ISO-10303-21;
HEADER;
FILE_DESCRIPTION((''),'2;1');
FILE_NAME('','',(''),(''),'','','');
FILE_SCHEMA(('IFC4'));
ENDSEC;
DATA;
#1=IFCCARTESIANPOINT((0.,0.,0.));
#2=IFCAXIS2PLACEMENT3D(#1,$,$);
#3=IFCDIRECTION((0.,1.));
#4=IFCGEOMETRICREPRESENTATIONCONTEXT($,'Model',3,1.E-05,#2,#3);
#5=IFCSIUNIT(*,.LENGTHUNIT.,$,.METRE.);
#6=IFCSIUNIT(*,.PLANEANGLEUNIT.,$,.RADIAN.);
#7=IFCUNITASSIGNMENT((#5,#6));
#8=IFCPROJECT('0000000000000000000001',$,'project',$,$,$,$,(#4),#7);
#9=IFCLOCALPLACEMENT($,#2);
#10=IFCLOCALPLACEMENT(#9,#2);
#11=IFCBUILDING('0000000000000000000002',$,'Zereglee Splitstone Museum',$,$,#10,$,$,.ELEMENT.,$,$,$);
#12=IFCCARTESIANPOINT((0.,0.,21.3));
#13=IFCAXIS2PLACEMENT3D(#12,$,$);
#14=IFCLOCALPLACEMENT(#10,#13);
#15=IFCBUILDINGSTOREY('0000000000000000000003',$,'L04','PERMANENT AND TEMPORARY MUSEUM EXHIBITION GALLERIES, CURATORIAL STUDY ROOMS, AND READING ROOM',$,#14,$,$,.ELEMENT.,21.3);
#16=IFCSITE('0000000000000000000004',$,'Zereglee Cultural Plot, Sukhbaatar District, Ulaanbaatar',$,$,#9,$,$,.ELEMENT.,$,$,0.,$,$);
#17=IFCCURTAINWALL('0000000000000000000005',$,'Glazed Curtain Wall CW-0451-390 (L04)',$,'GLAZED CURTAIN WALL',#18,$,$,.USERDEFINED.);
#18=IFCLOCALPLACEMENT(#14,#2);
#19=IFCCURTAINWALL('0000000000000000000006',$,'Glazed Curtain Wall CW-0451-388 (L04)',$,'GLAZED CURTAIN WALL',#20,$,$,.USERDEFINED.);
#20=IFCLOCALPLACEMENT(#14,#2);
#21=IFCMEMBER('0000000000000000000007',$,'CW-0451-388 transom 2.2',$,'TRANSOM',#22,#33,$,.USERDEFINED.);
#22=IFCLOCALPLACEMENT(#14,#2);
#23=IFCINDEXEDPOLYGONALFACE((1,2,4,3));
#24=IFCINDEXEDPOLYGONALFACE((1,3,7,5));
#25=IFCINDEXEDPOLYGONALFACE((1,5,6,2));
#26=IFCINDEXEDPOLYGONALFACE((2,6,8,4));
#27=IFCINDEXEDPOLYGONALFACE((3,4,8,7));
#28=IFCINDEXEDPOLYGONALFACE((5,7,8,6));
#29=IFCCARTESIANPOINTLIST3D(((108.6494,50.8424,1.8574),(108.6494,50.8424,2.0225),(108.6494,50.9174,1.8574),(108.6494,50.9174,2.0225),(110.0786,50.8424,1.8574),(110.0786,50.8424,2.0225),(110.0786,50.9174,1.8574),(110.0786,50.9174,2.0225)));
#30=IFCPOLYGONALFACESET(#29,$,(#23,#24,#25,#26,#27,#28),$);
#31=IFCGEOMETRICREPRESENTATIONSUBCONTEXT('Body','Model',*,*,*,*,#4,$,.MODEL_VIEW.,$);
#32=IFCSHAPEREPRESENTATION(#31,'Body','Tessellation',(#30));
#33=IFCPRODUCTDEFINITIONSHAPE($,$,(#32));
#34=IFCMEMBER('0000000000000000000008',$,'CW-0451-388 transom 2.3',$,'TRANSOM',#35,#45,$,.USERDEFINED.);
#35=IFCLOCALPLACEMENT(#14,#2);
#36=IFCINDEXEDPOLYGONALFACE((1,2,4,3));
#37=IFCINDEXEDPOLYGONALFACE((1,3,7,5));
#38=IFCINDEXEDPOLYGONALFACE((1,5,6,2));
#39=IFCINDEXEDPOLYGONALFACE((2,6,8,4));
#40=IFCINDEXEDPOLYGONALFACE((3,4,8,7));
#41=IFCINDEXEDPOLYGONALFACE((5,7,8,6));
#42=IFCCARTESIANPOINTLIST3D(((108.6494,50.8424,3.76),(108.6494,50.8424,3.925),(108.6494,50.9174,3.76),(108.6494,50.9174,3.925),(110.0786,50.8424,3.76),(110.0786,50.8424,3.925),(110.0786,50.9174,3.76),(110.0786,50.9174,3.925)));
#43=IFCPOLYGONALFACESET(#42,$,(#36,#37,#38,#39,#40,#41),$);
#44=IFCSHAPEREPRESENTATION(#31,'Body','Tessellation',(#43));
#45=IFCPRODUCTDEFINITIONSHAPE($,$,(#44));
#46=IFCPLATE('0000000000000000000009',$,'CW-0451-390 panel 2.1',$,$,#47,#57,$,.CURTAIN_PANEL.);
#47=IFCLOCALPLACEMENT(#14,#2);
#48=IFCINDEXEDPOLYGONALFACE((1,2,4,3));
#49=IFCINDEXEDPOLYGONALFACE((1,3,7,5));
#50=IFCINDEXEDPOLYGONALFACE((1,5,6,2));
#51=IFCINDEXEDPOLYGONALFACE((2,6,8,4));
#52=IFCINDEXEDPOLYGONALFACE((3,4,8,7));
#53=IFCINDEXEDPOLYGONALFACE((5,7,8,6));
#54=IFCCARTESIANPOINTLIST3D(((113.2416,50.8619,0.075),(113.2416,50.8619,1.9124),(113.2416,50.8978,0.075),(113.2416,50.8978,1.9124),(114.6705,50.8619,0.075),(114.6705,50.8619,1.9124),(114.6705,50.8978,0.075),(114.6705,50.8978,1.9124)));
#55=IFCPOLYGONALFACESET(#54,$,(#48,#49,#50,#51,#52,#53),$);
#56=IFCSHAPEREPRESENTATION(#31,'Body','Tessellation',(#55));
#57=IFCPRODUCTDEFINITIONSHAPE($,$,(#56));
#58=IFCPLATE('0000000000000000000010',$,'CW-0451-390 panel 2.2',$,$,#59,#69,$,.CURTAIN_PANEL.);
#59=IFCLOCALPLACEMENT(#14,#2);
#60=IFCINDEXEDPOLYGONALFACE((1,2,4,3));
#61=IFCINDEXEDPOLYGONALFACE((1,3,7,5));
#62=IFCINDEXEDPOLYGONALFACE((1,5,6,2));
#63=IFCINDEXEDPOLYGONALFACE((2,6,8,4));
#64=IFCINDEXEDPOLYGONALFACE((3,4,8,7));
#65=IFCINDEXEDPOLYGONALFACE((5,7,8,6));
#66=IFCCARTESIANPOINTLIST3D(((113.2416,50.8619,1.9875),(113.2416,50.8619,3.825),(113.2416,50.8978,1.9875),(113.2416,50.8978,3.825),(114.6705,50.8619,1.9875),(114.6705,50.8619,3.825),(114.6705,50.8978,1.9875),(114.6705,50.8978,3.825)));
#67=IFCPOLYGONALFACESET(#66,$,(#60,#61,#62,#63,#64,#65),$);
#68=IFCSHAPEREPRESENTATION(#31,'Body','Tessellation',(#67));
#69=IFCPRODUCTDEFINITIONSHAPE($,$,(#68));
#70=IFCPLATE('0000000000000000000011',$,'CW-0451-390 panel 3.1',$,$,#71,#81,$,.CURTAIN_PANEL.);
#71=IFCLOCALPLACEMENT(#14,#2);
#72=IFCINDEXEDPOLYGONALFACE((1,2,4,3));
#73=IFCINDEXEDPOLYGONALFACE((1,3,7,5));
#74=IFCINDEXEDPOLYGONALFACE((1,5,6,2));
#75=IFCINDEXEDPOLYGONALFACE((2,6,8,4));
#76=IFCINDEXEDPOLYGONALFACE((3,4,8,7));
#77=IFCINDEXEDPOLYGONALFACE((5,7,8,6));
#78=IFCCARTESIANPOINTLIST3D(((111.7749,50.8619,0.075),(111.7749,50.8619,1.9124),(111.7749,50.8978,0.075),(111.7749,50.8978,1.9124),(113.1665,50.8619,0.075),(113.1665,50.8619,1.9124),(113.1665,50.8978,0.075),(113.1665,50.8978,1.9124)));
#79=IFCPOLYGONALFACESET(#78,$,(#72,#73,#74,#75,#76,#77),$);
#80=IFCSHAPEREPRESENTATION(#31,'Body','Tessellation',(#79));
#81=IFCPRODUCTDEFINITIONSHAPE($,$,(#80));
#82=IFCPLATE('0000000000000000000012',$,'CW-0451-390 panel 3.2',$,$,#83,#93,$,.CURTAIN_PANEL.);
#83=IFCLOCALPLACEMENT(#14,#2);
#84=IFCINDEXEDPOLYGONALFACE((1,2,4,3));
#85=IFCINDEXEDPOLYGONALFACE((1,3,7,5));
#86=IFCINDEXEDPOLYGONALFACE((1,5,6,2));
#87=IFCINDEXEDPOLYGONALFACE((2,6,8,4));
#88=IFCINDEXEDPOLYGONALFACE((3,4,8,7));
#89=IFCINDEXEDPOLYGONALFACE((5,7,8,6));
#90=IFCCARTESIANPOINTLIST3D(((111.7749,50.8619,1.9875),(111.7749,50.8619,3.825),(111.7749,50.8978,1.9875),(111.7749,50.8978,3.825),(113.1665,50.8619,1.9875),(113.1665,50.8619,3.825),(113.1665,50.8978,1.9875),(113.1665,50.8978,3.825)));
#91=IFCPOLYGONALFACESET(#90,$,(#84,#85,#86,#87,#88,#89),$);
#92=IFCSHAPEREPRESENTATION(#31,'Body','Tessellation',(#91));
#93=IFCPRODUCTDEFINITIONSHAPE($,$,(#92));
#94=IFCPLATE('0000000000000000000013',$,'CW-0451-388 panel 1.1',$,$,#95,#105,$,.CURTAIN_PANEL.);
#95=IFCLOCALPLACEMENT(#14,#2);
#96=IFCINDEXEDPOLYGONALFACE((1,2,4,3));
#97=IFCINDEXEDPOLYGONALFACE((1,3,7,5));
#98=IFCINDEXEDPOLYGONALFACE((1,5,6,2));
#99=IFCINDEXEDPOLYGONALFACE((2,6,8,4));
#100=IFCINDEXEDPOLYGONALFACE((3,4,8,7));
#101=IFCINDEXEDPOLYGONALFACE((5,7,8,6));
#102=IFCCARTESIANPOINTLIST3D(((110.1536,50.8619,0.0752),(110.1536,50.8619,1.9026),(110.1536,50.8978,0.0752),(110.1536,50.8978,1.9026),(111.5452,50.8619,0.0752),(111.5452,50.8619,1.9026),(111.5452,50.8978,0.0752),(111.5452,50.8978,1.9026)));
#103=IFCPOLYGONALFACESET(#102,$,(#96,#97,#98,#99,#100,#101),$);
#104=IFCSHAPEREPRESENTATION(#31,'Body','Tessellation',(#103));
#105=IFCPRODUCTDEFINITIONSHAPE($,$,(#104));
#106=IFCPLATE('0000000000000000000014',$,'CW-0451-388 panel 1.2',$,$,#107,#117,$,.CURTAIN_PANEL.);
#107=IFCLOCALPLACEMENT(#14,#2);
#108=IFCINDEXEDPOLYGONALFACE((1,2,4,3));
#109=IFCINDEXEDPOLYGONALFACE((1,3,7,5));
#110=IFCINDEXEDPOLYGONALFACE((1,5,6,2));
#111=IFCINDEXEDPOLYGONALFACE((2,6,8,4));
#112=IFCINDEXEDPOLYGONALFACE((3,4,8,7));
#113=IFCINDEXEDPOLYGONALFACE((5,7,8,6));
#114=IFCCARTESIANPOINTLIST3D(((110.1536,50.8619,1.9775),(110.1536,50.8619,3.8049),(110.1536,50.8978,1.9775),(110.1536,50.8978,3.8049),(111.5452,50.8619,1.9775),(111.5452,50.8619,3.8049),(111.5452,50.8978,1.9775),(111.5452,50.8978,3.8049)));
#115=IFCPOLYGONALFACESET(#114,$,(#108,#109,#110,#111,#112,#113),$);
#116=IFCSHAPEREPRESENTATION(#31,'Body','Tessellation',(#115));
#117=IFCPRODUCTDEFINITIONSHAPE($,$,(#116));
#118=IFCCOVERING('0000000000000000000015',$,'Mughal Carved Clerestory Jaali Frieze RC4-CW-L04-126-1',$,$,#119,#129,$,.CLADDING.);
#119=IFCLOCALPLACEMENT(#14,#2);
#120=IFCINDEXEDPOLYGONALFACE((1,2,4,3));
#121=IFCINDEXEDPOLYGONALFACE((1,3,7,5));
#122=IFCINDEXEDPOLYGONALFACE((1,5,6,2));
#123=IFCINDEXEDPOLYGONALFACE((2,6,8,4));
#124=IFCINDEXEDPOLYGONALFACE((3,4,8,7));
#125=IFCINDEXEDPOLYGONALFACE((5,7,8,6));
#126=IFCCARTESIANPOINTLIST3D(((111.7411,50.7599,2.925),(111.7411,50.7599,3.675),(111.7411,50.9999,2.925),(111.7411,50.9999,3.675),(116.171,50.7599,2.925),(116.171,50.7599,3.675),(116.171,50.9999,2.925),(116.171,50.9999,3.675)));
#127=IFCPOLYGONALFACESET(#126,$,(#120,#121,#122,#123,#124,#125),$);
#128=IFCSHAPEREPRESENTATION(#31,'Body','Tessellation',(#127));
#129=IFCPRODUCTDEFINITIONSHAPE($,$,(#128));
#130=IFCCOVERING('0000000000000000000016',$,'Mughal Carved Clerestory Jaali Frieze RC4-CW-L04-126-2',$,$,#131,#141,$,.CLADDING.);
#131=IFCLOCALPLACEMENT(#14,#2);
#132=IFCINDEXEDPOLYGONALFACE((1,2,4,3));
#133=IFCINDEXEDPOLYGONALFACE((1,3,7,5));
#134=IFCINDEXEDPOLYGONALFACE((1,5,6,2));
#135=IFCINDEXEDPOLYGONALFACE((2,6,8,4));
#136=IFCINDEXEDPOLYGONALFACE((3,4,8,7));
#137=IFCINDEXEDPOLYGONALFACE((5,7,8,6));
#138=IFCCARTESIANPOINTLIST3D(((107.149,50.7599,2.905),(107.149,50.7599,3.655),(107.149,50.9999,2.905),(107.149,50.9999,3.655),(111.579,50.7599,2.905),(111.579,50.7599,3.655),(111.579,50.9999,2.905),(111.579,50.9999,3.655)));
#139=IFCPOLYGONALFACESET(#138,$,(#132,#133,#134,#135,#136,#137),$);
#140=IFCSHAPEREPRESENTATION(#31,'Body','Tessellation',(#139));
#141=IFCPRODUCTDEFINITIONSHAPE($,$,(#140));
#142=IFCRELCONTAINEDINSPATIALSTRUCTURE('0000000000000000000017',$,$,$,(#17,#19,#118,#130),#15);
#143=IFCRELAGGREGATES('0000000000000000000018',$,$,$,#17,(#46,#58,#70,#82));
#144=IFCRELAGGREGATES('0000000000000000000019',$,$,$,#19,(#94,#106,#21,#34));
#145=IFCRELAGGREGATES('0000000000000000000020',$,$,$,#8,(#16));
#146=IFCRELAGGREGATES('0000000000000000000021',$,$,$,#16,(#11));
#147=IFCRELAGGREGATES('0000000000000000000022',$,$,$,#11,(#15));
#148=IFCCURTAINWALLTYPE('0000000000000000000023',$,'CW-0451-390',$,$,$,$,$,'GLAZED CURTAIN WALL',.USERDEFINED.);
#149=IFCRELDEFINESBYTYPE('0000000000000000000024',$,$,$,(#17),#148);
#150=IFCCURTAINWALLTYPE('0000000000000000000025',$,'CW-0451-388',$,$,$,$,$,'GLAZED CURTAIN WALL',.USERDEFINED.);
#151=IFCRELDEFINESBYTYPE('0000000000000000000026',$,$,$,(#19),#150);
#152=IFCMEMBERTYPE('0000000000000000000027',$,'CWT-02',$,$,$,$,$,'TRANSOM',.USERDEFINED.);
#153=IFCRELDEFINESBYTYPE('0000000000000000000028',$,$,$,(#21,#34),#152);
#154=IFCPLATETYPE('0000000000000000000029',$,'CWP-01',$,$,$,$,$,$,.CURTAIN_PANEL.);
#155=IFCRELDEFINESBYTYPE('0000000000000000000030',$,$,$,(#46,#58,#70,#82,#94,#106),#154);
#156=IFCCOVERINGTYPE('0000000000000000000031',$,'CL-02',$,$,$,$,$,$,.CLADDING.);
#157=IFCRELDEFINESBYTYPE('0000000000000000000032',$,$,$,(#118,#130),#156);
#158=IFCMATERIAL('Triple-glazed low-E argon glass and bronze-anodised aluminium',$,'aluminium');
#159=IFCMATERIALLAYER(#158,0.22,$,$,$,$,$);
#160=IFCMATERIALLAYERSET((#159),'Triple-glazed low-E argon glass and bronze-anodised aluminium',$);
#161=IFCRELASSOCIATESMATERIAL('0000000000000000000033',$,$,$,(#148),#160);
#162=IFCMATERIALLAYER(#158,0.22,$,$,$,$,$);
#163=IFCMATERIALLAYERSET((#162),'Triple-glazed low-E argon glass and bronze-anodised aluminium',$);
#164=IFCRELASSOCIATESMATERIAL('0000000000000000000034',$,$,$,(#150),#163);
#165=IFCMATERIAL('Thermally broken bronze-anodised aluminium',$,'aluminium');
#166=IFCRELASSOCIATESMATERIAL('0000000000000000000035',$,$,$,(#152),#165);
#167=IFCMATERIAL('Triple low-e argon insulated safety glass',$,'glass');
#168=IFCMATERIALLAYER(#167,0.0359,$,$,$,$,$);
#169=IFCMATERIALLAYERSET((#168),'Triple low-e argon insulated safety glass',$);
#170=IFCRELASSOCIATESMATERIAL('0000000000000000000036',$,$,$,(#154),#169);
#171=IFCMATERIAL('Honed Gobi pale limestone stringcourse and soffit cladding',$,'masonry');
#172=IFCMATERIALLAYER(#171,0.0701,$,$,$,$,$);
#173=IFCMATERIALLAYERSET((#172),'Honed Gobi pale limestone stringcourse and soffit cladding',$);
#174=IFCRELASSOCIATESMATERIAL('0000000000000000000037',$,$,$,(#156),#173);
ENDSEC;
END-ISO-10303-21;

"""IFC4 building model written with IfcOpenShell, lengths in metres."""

from ifc_helpers import new_model, si_unit, direction, frame, origin, origin_2d, place, context, subcontext, project, spatial, rectangle, extrude, material, layer, layer_set, material_profile, profile_set, type_object, element, aggregate, save


model = new_model("IFC4")

# Units and contexts
model_context = context("Model", 3, precision=1e-05, world=origin(), true_north=direction((0.0, 1.0)))
body_context = subcontext(model_context, "Body", "Model", "MODEL_VIEW")
ifc_project = project(units=[si_unit("LENGTHUNIT", "METRE"), si_unit("PLANEANGLEUNIT", "RADIAN")], contexts=[model_context])

# Site, building, storey
site_placement = place(None, origin())
site = spatial("IfcSite", under=ifc_project, at=site_placement, Name="Zereglee Cultural Plot, Sukhbaatar District, Ulaanbaatar", CompositionType="ELEMENT", RefElevation=0.0)
building_placement = place(site_placement, origin())
building = spatial("IfcBuilding", under=site, at=building_placement, Name="Zereglee Splitstone Museum", CompositionType="ELEMENT")
storey_placement = place(building_placement, frame((0.0, 0.0, 21.3)))
storey = spatial("IfcBuildingStorey", under=building, at=storey_placement, Name="L04", Description="PERMANENT AND TEMPORARY MUSEUM EXHIBITION GALLERIES, CURATORIAL STUDY ROOMS, AND READING ROOM", CompositionType="ELEMENT", Elevation=21.3)

# Curtain walls
ifc_material_1 = material(Name="Triple-glazed low-E argon glass and bronze-anodised aluminium", Category="aluminium")
ifc_layer_1 = layer(ifc_material_1, 0.22)
ifc_layer_set_1 = layer_set([ifc_layer_1], Name="Triple-glazed low-E argon glass and bronze-anodised aluminium")
curtain_wall_type_1 = type_object("IfcCurtainWallType", Name="CW-0451-390", ElementType="GLAZED CURTAIN WALL", PredefinedType="USERDEFINED", material=ifc_layer_set_1)
curtain_wall_1_placement = place(storey_placement, origin())
curtain_wall_1 = element("IfcCurtainWall", 1, at=curtain_wall_1_placement, inside=storey, type_object=curtain_wall_type_1, Name="Glazed Curtain Wall CW-0451-390 (L04)", ObjectType="GLAZED CURTAIN WALL", PredefinedType="USERDEFINED")
ifc_material_2 = material(Name="Thermally broken bronze-anodised aluminium", Category="aluminium")
ifc_layer_2 = layer(ifc_material_1, 0.22)
ifc_layer_set_2 = layer_set([ifc_layer_2], Name="Triple-glazed low-E argon glass and bronze-anodised aluminium")
curtain_wall_type_2 = type_object("IfcCurtainWallType", Name="CW-0451-388", ElementType="GLAZED CURTAIN WALL", PredefinedType="USERDEFINED", material=ifc_layer_set_2)
curtain_wall_2_placement = place(storey_placement, origin())
curtain_wall_2 = element("IfcCurtainWall", 2, at=curtain_wall_2_placement, inside=storey, type_object=curtain_wall_type_2, Name="Glazed Curtain Wall CW-0451-388 (L04)", ObjectType="GLAZED CURTAIN WALL", PredefinedType="USERDEFINED")

# Members
ifc_material_profile_1 = material_profile(ifc_material_2, rectangle(XDim=0.075, YDim=0.165, at=origin_2d()), Name="CW TRAN 75x165")
ifc_profile_set_1 = profile_set([ifc_material_profile_1], Name="Thermally broken bronze-anodised aluminium")
member_type_1 = type_object("IfcMemberType", Name="CWT-02", ElementType="TRANSOM", PredefinedType="USERDEFINED", material=ifc_profile_set_1)
member_1_placement = place(storey_placement, frame((110.0786, 50.8799, 1.9399), z_axis=(-1.0, 0.0, 0.0), x_axis=(0.0, -1.0, 0.0)))
member_1 = element("IfcMember", 3, at=member_1_placement, type_object=member_type_1, Name="CW-0451-388 transom 2.2", ObjectType="TRANSOM", PredefinedType="USERDEFINED", context=body_context, shape_type="SweptSolid", body=[
    extrude(rectangle(XDim=0.075, YDim=0.165, at=origin_2d()), origin(), (0.0, 0.0, 1.0), 1.4292),
])
member_2_placement = place(storey_placement, frame((110.0786, 50.8799, 3.8425), z_axis=(-1.0, 0.0, 0.0), x_axis=(0.0, -1.0, 0.0)))
member_2 = element("IfcMember", 4, at=member_2_placement, type_object=member_type_1, Name="CW-0451-388 transom 2.3", ObjectType="TRANSOM", PredefinedType="USERDEFINED", context=body_context, shape_type="SweptSolid", body=[
    extrude(rectangle(XDim=0.075, YDim=0.165, at=origin_2d()), origin(), (0.0, 0.0, 1.0), 1.4292),
])

# Plates
ifc_material_3 = material(Name="Triple low-e argon insulated safety glass", Category="glass")
ifc_layer_3 = layer(ifc_material_3, 0.0359)
ifc_layer_set_3 = layer_set([ifc_layer_3], Name="Triple low-e argon insulated safety glass")
plate_type = type_object("IfcPlateType", Name="CWP-01", PredefinedType="CURTAIN_PANEL", material=ifc_layer_set_3)
plate_1_placement = place(storey_placement, frame((113.9561, 50.8799, 0.075), z_axis=(0.0, 0.0, 1.0), x_axis=(-1.0, 0.0, 0.0)))
plate_1 = element("IfcPlate", 5, at=plate_1_placement, type_object=plate_type, Name="CW-0451-390 panel 2.1", PredefinedType="CURTAIN_PANEL", context=body_context, shape_type="SweptSolid", body=[
    extrude(rectangle(XDim=1.429, YDim=0.0359, at=origin_2d()), origin(), (0.0, 0.0, 1.0), 1.8374),
])
plate_2_placement = place(storey_placement, frame((113.9561, 50.8799, 1.9875), z_axis=(0.0, 0.0, 1.0), x_axis=(-1.0, 0.0, 0.0)))
plate_2 = element("IfcPlate", 6, at=plate_2_placement, type_object=plate_type, Name="CW-0451-390 panel 2.2", PredefinedType="CURTAIN_PANEL", context=body_context, shape_type="SweptSolid", body=[
    extrude(rectangle(XDim=1.429, YDim=0.0359, at=origin_2d()), origin(), (0.0, 0.0, 1.0), 1.8374),
])
plate_3_placement = place(storey_placement, frame((112.4707, 50.8799, 0.075), z_axis=(0.0, 0.0, 1.0), x_axis=(-1.0, 0.0, 0.0)))
plate_3 = element("IfcPlate", 7, at=plate_3_placement, type_object=plate_type, Name="CW-0451-390 panel 3.1", PredefinedType="CURTAIN_PANEL", context=body_context, shape_type="SweptSolid", body=[
    extrude(rectangle(XDim=1.3916, YDim=0.0359, at=origin_2d()), origin(), (0.0, 0.0, 1.0), 1.8374),
])
plate_4_placement = place(storey_placement, frame((112.4707, 50.8799, 1.9875), z_axis=(0.0, 0.0, 1.0), x_axis=(-1.0, 0.0, 0.0)))
plate_4 = element("IfcPlate", 8, at=plate_4_placement, type_object=plate_type, Name="CW-0451-390 panel 3.2", PredefinedType="CURTAIN_PANEL", context=body_context, shape_type="SweptSolid", body=[
    extrude(rectangle(XDim=1.3916, YDim=0.0359, at=origin_2d()), origin(), (0.0, 0.0, 1.0), 1.8374),
])
aggregate(curtain_wall_1, [plate_1, plate_2, plate_3, plate_4])
plate_5_placement = place(storey_placement, frame((110.8494, 50.8799, 0.0752), z_axis=(0.0, 0.0, 1.0), x_axis=(-1.0, 0.0, 0.0)))
plate_5 = element("IfcPlate", 9, at=plate_5_placement, type_object=plate_type, Name="CW-0451-388 panel 1.1", PredefinedType="CURTAIN_PANEL", context=body_context, shape_type="SweptSolid", body=[
    extrude(rectangle(XDim=1.3916, YDim=0.0359, at=origin_2d()), origin(), (0.0, 0.0, 1.0), 1.8274),
])
plate_6_placement = place(storey_placement, frame((110.8494, 50.8799, 1.9775), z_axis=(0.0, 0.0, 1.0), x_axis=(-1.0, 0.0, 0.0)))
plate_6 = element("IfcPlate", 10, at=plate_6_placement, type_object=plate_type, Name="CW-0451-388 panel 1.2", PredefinedType="CURTAIN_PANEL", context=body_context, shape_type="SweptSolid", body=[
    extrude(rectangle(XDim=1.3916, YDim=0.0359, at=origin_2d()), origin(), (0.0, 0.0, 1.0), 1.8274),
])
aggregate(curtain_wall_2, [plate_5, plate_6, member_1, member_2])

# Coverings
ifc_material_4 = material(Name="Honed Gobi pale limestone stringcourse and soffit cladding", Category="masonry")
ifc_layer_4 = layer(ifc_material_4, 0.0701)
ifc_layer_set_4 = layer_set([ifc_layer_4], Name="Honed Gobi pale limestone stringcourse and soffit cladding")
covering_type = type_object("IfcCoveringType", Name="CL-02", PredefinedType="CLADDING", material=ifc_layer_set_4)
for number, where, z_axis, x_axis, name in (
    (11, (113.9561, 50.8799, 2.925), (0.0, 0.0, 1.0), (-1.0, 0.0, 0.0), "Mughal Carved Clerestory Jaali Frieze RC4-CW-L04-126-1"),
    (12, (109.364, 50.8799, 2.905), (0.0, 0.0, 1.0), (-1.0, 0.0, 0.0), "Mughal Carved Clerestory Jaali Frieze RC4-CW-L04-126-2"),
):
    element("IfcCovering", number, at=place(storey_placement, frame(where, z_axis=z_axis, x_axis=x_axis)), inside=storey, type_object=covering_type, Name=name, PredefinedType="CLADDING", context=body_context, shape_type="SweptSolid", body=[
        extrude(rectangle(XDim=4.4299, YDim=0.24, at=origin_2d()), origin(), (0.0, 0.0, 1.0), 0.75),
    ])

save(model, "model.ifc")
